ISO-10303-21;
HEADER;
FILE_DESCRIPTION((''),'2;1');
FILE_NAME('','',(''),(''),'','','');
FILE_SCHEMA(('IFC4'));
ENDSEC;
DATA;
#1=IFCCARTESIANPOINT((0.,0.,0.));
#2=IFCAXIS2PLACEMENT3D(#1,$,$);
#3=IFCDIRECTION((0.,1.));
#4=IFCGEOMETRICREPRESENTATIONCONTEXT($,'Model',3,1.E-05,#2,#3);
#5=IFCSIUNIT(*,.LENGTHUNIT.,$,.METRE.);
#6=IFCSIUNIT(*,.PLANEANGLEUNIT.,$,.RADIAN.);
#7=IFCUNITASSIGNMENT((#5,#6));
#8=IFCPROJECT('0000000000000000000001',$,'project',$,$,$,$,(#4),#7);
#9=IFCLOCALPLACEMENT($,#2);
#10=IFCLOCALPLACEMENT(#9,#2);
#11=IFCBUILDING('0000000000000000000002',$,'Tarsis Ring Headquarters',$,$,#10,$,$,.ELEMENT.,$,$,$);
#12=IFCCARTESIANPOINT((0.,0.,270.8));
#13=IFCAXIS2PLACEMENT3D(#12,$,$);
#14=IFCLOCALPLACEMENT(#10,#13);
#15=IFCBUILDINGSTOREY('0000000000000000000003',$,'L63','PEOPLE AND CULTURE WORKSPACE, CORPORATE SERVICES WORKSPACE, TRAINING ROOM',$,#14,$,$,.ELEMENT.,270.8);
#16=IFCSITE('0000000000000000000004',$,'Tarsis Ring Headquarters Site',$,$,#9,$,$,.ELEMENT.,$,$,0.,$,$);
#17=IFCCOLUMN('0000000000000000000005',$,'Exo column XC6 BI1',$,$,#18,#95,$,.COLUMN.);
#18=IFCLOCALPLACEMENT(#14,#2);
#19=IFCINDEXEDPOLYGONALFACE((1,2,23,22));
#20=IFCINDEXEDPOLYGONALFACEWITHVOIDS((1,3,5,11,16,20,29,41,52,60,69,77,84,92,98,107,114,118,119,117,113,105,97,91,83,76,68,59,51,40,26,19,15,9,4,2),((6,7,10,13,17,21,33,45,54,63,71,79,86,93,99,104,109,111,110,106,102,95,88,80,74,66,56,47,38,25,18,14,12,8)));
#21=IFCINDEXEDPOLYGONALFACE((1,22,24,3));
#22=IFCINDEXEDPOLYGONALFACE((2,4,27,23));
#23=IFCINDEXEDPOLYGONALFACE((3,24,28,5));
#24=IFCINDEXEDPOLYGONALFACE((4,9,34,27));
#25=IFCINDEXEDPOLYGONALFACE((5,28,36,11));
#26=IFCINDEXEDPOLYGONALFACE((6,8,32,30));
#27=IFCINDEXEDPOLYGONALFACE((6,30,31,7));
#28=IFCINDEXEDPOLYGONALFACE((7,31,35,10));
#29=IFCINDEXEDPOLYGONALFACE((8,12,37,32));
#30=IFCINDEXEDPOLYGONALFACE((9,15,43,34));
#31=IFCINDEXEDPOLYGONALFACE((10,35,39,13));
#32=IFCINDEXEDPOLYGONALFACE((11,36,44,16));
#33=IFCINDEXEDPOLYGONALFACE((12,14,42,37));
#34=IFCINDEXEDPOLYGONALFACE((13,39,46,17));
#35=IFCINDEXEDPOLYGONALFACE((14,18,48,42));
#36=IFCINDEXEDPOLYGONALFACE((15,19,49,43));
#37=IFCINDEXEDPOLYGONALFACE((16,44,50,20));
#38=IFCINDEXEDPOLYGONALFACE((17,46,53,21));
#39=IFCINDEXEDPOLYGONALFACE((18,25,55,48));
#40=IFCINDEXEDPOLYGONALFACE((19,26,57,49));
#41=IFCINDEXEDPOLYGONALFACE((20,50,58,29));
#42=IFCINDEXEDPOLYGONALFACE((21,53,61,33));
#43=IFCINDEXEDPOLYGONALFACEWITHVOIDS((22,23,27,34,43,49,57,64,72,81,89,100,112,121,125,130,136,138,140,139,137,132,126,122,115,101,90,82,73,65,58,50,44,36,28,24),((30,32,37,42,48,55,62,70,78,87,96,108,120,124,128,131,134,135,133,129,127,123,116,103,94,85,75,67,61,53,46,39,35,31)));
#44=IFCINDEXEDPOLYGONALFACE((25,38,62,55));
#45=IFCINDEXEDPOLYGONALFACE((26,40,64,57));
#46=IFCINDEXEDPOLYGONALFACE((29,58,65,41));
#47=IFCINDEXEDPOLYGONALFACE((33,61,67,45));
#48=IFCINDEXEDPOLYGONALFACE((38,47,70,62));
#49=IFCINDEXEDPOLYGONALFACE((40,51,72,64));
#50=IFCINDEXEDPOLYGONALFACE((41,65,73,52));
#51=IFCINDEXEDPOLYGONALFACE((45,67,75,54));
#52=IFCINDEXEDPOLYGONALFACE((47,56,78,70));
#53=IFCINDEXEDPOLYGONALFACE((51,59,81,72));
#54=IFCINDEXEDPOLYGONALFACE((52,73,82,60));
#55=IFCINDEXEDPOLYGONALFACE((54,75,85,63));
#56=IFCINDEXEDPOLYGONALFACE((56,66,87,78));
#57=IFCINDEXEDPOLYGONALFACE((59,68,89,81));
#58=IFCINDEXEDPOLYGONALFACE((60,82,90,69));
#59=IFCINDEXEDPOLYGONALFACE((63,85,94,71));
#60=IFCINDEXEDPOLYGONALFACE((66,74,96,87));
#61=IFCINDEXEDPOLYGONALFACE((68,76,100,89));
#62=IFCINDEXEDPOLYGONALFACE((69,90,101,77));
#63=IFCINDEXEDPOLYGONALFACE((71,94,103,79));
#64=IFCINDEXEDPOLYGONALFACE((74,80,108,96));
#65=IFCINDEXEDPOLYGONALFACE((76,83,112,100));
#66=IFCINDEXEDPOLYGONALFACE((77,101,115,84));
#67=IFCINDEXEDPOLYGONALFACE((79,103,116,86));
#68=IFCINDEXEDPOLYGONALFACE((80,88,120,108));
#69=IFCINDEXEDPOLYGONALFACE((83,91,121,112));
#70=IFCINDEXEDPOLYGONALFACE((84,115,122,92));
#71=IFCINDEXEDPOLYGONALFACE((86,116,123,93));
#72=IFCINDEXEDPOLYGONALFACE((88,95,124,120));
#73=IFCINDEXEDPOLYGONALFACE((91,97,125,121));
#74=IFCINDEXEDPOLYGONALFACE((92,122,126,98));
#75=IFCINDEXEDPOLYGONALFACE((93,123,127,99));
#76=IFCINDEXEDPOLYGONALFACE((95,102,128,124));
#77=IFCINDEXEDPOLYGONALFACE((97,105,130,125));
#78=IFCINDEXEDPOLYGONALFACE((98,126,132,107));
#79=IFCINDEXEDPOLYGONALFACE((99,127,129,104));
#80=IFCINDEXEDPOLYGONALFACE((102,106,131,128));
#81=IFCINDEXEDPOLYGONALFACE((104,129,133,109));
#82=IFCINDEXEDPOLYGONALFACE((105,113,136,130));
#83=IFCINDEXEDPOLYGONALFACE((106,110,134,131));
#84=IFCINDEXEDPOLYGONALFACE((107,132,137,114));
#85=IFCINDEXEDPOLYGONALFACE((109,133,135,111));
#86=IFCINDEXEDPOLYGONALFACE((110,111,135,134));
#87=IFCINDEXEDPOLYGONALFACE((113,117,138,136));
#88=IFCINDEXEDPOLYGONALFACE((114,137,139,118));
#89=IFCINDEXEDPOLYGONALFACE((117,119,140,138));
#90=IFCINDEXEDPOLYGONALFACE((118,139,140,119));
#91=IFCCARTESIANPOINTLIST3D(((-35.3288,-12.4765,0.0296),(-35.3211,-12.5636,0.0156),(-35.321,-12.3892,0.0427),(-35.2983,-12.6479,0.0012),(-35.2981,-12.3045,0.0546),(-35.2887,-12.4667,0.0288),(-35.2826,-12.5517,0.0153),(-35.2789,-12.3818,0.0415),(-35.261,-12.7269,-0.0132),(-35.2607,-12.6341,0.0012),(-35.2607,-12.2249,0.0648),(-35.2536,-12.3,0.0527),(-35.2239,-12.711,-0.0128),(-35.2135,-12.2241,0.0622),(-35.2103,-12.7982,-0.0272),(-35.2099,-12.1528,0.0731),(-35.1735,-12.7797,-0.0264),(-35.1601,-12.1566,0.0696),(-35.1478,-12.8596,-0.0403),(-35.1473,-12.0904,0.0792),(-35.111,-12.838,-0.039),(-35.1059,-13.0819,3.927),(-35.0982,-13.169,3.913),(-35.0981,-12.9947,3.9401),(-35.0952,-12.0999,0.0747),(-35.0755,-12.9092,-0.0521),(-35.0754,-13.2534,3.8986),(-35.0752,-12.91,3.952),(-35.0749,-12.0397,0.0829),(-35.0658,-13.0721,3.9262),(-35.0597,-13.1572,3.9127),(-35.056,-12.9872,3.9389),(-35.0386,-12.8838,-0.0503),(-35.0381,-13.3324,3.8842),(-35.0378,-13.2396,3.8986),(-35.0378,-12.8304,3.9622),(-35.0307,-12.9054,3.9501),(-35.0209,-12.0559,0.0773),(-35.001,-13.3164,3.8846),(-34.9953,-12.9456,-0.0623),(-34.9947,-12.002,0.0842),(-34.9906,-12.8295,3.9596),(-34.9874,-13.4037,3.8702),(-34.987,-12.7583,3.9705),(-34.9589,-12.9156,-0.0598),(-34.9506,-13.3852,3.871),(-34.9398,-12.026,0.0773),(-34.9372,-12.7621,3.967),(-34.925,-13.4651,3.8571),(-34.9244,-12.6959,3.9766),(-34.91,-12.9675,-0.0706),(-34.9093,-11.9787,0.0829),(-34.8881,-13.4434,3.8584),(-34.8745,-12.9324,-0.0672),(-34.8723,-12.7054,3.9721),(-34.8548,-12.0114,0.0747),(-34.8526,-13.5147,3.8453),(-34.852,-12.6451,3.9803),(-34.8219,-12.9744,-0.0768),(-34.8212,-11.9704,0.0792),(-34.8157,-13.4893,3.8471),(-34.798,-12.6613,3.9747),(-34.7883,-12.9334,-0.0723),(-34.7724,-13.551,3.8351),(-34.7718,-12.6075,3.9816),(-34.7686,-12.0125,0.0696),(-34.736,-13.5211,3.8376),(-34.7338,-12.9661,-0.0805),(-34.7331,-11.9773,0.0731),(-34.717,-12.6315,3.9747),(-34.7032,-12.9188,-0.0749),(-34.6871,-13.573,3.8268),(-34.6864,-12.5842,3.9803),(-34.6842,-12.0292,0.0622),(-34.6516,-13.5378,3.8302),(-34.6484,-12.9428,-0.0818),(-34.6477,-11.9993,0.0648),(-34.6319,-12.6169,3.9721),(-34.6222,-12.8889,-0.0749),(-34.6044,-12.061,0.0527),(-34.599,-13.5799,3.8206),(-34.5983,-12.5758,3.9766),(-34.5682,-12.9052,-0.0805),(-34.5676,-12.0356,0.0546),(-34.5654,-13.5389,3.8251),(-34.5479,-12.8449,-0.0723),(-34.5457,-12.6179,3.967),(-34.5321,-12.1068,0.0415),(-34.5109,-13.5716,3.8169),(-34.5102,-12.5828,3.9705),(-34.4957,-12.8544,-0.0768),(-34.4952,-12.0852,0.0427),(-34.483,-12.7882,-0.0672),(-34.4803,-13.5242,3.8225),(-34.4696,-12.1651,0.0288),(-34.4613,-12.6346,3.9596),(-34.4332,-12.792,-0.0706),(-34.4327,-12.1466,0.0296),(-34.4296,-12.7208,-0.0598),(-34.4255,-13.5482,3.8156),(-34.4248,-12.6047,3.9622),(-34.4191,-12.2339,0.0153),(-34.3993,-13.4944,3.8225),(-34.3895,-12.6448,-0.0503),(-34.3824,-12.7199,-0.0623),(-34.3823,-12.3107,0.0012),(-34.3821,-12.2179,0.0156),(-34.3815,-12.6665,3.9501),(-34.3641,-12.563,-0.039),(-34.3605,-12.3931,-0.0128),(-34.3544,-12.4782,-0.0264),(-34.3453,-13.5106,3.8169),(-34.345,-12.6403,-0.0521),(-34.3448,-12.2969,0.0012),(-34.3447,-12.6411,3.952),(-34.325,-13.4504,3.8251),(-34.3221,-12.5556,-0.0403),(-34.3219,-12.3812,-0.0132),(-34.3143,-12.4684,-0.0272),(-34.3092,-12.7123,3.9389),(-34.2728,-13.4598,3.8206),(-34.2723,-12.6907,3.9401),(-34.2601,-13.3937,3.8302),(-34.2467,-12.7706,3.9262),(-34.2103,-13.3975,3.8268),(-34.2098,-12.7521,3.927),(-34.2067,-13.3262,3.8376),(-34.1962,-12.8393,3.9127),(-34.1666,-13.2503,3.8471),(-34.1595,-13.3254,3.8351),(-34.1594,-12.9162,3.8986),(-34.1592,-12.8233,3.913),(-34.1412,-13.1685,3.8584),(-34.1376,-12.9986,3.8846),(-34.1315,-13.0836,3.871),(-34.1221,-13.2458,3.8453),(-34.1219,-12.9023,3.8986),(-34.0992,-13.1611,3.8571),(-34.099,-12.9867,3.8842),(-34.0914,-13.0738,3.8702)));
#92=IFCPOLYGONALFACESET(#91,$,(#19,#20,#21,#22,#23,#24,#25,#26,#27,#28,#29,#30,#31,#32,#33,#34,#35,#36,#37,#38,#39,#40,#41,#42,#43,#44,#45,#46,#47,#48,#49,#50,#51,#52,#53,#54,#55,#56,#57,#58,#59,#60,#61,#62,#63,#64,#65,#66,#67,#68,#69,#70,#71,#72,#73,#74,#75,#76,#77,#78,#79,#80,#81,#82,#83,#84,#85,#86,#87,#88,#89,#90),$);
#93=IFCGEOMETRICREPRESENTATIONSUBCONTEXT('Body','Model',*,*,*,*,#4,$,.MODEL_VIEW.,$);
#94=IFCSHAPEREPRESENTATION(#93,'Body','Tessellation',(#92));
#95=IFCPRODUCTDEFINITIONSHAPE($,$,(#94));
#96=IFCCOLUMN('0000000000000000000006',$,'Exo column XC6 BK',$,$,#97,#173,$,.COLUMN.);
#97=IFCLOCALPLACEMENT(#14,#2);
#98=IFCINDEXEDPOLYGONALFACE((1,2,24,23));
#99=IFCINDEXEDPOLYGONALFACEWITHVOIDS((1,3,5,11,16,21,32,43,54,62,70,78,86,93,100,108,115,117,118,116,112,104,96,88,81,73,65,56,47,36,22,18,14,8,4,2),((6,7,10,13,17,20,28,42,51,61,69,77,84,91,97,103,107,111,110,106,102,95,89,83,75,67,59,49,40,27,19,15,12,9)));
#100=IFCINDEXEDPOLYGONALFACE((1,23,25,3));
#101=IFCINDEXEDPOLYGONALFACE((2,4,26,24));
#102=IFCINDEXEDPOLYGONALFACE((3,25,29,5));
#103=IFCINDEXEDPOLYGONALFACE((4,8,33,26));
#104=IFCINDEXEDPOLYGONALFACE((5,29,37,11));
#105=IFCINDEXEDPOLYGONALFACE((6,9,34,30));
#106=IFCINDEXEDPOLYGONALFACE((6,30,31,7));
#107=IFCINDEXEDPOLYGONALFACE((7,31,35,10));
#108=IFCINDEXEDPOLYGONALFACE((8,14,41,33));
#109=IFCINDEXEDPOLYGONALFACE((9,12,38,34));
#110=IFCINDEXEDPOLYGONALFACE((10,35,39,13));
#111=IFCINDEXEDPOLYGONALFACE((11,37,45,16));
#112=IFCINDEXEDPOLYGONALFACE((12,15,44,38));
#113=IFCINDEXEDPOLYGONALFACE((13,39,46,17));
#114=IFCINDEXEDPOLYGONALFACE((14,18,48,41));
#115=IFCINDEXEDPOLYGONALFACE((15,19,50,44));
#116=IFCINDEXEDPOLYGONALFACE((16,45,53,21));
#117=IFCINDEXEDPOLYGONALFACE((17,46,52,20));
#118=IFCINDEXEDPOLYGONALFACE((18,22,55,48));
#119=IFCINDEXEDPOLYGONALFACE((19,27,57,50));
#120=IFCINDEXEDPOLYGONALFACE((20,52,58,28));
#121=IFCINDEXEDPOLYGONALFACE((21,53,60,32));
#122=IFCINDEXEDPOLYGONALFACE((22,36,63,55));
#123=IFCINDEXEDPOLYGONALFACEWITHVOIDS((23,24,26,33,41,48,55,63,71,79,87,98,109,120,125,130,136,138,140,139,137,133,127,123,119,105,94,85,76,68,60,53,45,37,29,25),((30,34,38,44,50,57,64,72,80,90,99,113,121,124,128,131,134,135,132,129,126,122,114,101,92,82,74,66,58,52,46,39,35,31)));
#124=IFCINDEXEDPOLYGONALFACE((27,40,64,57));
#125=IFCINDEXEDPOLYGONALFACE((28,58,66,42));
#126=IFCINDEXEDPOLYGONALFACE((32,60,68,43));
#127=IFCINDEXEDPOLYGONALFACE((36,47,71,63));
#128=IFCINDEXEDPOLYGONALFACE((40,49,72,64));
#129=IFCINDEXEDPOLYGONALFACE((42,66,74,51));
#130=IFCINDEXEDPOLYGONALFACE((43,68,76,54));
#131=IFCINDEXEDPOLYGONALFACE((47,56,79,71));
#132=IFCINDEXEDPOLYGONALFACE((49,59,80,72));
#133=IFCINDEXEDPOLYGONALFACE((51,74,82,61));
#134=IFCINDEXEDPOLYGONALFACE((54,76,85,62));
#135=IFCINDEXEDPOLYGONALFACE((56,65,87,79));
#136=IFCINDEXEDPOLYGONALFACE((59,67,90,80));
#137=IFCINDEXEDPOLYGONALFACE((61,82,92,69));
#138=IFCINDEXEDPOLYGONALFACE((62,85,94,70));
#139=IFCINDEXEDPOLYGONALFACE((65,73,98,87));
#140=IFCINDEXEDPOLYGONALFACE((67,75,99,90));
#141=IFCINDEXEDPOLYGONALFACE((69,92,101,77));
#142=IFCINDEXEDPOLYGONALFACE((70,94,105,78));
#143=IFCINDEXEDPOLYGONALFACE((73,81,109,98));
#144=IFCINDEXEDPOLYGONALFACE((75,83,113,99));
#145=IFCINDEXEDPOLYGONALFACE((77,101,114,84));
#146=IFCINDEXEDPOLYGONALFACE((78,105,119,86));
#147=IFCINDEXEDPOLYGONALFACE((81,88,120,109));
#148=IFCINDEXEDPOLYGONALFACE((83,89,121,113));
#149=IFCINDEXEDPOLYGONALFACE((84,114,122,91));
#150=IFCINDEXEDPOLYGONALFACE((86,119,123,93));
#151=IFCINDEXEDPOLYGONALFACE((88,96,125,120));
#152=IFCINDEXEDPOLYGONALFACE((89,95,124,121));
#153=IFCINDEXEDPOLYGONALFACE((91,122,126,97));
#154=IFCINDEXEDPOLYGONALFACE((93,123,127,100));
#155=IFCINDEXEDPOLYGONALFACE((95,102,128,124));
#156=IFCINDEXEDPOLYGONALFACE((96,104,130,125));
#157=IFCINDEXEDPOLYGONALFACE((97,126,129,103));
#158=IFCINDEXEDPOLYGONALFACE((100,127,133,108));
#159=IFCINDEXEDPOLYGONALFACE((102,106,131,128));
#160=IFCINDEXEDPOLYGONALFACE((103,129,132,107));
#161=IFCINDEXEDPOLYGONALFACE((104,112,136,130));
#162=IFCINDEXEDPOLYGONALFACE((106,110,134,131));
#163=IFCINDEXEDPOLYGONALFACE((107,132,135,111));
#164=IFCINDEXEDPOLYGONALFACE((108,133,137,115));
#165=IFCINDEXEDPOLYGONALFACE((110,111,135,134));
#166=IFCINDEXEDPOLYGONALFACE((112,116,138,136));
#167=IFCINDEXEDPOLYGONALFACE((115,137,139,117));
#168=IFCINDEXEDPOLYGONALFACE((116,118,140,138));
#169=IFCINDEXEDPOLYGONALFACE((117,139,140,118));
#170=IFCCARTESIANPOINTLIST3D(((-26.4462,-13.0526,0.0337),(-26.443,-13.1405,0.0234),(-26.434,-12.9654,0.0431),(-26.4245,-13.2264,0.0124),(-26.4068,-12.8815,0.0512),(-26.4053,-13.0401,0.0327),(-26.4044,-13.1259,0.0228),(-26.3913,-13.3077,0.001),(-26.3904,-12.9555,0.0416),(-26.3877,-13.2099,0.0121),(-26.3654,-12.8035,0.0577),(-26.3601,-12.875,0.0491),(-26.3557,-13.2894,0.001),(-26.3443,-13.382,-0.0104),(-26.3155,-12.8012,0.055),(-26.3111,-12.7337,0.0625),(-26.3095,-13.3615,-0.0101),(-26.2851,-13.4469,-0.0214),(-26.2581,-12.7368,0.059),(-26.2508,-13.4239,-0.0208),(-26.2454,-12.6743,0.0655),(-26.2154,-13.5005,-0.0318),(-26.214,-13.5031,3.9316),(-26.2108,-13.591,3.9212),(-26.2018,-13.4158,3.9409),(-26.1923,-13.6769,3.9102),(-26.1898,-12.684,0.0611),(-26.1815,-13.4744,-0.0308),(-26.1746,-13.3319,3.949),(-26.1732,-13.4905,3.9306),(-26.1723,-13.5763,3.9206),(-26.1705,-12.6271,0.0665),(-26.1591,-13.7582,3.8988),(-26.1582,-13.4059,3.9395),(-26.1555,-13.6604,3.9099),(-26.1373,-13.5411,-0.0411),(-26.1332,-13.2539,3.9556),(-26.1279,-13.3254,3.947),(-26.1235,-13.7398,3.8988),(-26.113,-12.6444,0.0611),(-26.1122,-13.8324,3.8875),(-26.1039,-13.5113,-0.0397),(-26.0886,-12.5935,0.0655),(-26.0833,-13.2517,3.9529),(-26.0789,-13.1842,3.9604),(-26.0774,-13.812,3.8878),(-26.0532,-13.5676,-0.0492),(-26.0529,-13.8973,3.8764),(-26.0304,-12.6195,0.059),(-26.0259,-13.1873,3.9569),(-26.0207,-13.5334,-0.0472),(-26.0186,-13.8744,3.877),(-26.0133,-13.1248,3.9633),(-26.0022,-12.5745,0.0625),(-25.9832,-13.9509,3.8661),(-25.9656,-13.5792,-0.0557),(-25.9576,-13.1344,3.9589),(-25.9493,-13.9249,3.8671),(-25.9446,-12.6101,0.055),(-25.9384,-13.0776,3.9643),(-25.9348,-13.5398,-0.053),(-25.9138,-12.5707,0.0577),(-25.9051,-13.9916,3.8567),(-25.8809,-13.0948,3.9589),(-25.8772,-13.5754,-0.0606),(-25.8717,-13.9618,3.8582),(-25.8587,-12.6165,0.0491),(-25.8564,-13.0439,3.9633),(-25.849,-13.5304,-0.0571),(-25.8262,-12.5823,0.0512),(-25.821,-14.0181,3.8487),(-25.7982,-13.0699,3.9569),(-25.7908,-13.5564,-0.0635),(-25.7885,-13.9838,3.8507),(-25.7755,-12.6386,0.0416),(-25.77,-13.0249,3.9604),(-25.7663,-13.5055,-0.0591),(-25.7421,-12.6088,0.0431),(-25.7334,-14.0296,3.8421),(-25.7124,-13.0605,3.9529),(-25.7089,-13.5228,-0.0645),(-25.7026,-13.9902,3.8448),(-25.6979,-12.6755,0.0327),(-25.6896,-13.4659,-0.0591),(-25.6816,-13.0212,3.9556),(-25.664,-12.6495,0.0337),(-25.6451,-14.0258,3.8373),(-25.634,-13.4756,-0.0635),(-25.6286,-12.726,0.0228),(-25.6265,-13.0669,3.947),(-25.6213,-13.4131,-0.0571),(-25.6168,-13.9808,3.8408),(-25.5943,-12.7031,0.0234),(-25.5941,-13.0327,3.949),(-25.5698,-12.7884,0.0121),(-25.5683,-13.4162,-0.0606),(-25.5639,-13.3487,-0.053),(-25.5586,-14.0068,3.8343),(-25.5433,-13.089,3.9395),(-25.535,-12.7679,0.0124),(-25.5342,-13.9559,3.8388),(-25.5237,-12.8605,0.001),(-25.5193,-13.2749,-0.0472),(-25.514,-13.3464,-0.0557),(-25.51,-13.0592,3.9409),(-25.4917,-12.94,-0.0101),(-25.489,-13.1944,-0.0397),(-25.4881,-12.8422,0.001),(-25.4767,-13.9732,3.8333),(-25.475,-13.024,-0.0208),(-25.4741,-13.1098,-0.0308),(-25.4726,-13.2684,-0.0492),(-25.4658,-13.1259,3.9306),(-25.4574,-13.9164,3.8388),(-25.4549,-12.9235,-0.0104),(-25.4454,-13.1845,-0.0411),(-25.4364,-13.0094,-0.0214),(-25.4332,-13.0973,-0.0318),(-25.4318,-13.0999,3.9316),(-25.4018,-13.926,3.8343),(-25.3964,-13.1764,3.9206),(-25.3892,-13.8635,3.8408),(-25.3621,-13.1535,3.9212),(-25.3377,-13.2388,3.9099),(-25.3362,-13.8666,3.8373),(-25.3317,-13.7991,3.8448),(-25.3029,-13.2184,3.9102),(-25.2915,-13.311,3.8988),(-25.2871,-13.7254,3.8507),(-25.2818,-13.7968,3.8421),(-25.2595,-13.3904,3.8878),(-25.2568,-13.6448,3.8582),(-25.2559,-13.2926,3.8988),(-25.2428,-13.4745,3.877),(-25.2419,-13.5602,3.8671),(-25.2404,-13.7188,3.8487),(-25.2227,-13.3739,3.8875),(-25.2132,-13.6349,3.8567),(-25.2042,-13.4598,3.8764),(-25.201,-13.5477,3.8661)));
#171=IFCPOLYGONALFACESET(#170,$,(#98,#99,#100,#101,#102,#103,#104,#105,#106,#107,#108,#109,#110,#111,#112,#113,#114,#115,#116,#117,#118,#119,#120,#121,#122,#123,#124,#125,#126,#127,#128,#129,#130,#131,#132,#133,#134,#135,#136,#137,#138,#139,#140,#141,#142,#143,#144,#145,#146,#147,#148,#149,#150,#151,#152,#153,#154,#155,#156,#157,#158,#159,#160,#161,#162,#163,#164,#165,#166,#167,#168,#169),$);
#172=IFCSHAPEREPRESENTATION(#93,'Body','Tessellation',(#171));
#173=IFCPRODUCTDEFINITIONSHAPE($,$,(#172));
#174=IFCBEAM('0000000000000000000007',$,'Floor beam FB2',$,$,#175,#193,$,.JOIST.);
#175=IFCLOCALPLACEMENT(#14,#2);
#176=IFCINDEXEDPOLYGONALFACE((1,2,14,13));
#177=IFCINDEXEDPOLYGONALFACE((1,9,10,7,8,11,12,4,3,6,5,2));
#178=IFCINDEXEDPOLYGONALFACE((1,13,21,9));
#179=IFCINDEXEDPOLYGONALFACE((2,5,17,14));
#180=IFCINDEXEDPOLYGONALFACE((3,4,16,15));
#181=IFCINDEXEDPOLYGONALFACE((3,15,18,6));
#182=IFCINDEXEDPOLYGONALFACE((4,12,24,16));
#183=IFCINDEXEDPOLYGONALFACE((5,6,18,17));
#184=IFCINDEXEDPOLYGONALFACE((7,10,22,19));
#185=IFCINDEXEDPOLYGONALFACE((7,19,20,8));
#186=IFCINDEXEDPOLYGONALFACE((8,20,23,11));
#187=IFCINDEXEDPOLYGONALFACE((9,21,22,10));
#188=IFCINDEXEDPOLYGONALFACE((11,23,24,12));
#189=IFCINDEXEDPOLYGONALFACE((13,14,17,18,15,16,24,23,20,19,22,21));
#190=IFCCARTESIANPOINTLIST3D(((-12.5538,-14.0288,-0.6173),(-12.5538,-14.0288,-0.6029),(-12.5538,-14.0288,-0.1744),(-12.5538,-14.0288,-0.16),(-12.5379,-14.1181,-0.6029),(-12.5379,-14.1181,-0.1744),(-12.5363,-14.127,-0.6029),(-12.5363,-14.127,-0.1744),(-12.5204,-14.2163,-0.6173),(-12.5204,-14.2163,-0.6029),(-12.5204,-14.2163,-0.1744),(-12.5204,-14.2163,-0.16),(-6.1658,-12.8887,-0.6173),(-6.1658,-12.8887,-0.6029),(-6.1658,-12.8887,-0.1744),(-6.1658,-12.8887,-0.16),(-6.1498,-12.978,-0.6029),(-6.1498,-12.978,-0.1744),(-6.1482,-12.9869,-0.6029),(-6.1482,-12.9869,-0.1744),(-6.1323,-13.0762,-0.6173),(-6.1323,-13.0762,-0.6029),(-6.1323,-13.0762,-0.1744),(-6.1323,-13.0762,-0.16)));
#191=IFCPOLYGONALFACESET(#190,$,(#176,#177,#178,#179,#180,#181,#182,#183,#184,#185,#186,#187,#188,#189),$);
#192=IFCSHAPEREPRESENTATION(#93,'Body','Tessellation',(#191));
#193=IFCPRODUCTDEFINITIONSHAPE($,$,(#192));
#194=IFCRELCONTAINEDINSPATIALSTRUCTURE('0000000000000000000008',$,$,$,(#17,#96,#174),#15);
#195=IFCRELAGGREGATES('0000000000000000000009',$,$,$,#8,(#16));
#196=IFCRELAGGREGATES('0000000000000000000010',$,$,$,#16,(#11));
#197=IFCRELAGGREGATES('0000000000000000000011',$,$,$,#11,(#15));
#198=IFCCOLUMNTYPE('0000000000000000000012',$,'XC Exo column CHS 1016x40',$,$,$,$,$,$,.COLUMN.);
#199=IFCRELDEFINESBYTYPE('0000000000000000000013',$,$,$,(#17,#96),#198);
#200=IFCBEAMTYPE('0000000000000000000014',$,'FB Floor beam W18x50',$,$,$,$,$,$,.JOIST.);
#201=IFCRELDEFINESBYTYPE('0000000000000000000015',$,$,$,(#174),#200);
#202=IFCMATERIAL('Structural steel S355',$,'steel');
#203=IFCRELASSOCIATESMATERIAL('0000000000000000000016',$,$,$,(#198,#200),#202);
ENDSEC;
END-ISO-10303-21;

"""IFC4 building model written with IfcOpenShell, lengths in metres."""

from ifc_helpers import new_model, si_unit, direction, frame, origin, origin_2d, place, context, subcontext, project, spatial, hollow_circle, i_section, extrude, material, material_profile, profile_set, type_object, element, save


model = new_model("IFC4")

# Units and contexts
model_context = context("Model", 3, precision=1e-05, world=origin(), true_north=direction((0.0, 1.0)))
body_context = subcontext(model_context, "Body", "Model", "MODEL_VIEW")
ifc_project = project(units=[si_unit("LENGTHUNIT", "METRE"), si_unit("PLANEANGLEUNIT", "RADIAN")], contexts=[model_context])

# Site, building, storey
site_placement = place(None, origin())
site = spatial("IfcSite", under=ifc_project, at=site_placement, Name="Tarsis Ring Headquarters Site", CompositionType="ELEMENT", RefElevation=0.0)
building_placement = place(site_placement, origin())
building = spatial("IfcBuilding", under=site, at=building_placement, Name="Tarsis Ring Headquarters", CompositionType="ELEMENT")
storey_placement = place(building_placement, frame((0.0, 0.0, 270.8)))
storey = spatial("IfcBuildingStorey", under=building, at=storey_placement, Name="L63", Description="PEOPLE AND CULTURE WORKSPACE, CORPORATE SERVICES WORKSPACE, TRAINING ROOM", CompositionType="ELEMENT", Elevation=270.8)

# Columns
ifc_material_1 = material(Name="Structural steel S355", Category="steel")
ifc_material_profile_1 = material_profile(ifc_material_1, hollow_circle(Radius=0.5081, WallThickness=0.04, at=origin_2d()), Name="CHS 1016x40")
ifc_profile_set_1 = profile_set([ifc_material_profile_1], Name="Structural steel S355")
column_type = type_object("IfcColumnType", Name="XC Exo column CHS 1016x40", PredefinedType="COLUMN", material=ifc_profile_set_1)
column_1_placement = place(storey_placement, frame((-34.8215, -12.4724, 0.0012), z_axis=(0.056423, -0.153264, 0.986573), x_axis=(0.938427, 0.345477, 0.0)))
element("IfcColumn", 1, at=column_1_placement, inside=storey, type_object=column_type, Name="Exo column XC6 BI1", PredefinedType="COLUMN", context=body_context, shape_type="SweptSolid", body=[
    extrude(hollow_circle(Radius=0.5081, WallThickness=0.04, at=origin_2d()), origin(), (0.0, 0.0, 1.0), 3.9504),
])
column_2_placement = place(storey_placement, frame((-25.9397, -13.075, 0.001), z_axis=(0.059067, -0.114594, 0.991655), x_axis=(0.888868, 0.458164, 0.0)))
element("IfcColumn", 2, at=column_2_placement, inside=storey, type_object=column_type, Name="Exo column XC6 BK", PredefinedType="COLUMN", context=body_context, shape_type="SweptSolid", body=[
    extrude(hollow_circle(Radius=0.5081, WallThickness=0.04, at=origin_2d()), origin(), (0.0, 0.0, 1.0), 3.9307),
])

# Beam
ifc_material_profile_2 = material_profile(ifc_material_1, i_section(OverallWidth=0.1904, OverallDepth=0.4573, WebThickness=0.009, FlangeThickness=0.0144, at=origin_2d()), Name="W18x50")
ifc_profile_set_2 = profile_set([ifc_material_profile_2], Name="Structural steel S355")
beam_type_1 = type_object("IfcBeamType", Name="FB Floor beam W18x50", PredefinedType="JOIST", material=ifc_profile_set_2)
beam_1_placement = place(storey_placement, frame((-12.5371, -14.1226, -0.3887), z_axis=(0.984444, 0.175699, 0.0), x_axis=(-0.175699, 0.984444, 0.0)))
element("IfcBeam", 3, at=beam_1_placement, inside=storey, type_object=beam_type_1, Name="Floor beam FB2", PredefinedType="JOIST", context=body_context, shape_type="SweptSolid", body=[
    extrude(i_section(OverallWidth=0.1904, OverallDepth=0.4573, WebThickness=0.009, FlangeThickness=0.0144, at=origin_2d()), origin(), (0.0, 0.0, 1.0), 6.489),
])

save(model, "model.ifc")
